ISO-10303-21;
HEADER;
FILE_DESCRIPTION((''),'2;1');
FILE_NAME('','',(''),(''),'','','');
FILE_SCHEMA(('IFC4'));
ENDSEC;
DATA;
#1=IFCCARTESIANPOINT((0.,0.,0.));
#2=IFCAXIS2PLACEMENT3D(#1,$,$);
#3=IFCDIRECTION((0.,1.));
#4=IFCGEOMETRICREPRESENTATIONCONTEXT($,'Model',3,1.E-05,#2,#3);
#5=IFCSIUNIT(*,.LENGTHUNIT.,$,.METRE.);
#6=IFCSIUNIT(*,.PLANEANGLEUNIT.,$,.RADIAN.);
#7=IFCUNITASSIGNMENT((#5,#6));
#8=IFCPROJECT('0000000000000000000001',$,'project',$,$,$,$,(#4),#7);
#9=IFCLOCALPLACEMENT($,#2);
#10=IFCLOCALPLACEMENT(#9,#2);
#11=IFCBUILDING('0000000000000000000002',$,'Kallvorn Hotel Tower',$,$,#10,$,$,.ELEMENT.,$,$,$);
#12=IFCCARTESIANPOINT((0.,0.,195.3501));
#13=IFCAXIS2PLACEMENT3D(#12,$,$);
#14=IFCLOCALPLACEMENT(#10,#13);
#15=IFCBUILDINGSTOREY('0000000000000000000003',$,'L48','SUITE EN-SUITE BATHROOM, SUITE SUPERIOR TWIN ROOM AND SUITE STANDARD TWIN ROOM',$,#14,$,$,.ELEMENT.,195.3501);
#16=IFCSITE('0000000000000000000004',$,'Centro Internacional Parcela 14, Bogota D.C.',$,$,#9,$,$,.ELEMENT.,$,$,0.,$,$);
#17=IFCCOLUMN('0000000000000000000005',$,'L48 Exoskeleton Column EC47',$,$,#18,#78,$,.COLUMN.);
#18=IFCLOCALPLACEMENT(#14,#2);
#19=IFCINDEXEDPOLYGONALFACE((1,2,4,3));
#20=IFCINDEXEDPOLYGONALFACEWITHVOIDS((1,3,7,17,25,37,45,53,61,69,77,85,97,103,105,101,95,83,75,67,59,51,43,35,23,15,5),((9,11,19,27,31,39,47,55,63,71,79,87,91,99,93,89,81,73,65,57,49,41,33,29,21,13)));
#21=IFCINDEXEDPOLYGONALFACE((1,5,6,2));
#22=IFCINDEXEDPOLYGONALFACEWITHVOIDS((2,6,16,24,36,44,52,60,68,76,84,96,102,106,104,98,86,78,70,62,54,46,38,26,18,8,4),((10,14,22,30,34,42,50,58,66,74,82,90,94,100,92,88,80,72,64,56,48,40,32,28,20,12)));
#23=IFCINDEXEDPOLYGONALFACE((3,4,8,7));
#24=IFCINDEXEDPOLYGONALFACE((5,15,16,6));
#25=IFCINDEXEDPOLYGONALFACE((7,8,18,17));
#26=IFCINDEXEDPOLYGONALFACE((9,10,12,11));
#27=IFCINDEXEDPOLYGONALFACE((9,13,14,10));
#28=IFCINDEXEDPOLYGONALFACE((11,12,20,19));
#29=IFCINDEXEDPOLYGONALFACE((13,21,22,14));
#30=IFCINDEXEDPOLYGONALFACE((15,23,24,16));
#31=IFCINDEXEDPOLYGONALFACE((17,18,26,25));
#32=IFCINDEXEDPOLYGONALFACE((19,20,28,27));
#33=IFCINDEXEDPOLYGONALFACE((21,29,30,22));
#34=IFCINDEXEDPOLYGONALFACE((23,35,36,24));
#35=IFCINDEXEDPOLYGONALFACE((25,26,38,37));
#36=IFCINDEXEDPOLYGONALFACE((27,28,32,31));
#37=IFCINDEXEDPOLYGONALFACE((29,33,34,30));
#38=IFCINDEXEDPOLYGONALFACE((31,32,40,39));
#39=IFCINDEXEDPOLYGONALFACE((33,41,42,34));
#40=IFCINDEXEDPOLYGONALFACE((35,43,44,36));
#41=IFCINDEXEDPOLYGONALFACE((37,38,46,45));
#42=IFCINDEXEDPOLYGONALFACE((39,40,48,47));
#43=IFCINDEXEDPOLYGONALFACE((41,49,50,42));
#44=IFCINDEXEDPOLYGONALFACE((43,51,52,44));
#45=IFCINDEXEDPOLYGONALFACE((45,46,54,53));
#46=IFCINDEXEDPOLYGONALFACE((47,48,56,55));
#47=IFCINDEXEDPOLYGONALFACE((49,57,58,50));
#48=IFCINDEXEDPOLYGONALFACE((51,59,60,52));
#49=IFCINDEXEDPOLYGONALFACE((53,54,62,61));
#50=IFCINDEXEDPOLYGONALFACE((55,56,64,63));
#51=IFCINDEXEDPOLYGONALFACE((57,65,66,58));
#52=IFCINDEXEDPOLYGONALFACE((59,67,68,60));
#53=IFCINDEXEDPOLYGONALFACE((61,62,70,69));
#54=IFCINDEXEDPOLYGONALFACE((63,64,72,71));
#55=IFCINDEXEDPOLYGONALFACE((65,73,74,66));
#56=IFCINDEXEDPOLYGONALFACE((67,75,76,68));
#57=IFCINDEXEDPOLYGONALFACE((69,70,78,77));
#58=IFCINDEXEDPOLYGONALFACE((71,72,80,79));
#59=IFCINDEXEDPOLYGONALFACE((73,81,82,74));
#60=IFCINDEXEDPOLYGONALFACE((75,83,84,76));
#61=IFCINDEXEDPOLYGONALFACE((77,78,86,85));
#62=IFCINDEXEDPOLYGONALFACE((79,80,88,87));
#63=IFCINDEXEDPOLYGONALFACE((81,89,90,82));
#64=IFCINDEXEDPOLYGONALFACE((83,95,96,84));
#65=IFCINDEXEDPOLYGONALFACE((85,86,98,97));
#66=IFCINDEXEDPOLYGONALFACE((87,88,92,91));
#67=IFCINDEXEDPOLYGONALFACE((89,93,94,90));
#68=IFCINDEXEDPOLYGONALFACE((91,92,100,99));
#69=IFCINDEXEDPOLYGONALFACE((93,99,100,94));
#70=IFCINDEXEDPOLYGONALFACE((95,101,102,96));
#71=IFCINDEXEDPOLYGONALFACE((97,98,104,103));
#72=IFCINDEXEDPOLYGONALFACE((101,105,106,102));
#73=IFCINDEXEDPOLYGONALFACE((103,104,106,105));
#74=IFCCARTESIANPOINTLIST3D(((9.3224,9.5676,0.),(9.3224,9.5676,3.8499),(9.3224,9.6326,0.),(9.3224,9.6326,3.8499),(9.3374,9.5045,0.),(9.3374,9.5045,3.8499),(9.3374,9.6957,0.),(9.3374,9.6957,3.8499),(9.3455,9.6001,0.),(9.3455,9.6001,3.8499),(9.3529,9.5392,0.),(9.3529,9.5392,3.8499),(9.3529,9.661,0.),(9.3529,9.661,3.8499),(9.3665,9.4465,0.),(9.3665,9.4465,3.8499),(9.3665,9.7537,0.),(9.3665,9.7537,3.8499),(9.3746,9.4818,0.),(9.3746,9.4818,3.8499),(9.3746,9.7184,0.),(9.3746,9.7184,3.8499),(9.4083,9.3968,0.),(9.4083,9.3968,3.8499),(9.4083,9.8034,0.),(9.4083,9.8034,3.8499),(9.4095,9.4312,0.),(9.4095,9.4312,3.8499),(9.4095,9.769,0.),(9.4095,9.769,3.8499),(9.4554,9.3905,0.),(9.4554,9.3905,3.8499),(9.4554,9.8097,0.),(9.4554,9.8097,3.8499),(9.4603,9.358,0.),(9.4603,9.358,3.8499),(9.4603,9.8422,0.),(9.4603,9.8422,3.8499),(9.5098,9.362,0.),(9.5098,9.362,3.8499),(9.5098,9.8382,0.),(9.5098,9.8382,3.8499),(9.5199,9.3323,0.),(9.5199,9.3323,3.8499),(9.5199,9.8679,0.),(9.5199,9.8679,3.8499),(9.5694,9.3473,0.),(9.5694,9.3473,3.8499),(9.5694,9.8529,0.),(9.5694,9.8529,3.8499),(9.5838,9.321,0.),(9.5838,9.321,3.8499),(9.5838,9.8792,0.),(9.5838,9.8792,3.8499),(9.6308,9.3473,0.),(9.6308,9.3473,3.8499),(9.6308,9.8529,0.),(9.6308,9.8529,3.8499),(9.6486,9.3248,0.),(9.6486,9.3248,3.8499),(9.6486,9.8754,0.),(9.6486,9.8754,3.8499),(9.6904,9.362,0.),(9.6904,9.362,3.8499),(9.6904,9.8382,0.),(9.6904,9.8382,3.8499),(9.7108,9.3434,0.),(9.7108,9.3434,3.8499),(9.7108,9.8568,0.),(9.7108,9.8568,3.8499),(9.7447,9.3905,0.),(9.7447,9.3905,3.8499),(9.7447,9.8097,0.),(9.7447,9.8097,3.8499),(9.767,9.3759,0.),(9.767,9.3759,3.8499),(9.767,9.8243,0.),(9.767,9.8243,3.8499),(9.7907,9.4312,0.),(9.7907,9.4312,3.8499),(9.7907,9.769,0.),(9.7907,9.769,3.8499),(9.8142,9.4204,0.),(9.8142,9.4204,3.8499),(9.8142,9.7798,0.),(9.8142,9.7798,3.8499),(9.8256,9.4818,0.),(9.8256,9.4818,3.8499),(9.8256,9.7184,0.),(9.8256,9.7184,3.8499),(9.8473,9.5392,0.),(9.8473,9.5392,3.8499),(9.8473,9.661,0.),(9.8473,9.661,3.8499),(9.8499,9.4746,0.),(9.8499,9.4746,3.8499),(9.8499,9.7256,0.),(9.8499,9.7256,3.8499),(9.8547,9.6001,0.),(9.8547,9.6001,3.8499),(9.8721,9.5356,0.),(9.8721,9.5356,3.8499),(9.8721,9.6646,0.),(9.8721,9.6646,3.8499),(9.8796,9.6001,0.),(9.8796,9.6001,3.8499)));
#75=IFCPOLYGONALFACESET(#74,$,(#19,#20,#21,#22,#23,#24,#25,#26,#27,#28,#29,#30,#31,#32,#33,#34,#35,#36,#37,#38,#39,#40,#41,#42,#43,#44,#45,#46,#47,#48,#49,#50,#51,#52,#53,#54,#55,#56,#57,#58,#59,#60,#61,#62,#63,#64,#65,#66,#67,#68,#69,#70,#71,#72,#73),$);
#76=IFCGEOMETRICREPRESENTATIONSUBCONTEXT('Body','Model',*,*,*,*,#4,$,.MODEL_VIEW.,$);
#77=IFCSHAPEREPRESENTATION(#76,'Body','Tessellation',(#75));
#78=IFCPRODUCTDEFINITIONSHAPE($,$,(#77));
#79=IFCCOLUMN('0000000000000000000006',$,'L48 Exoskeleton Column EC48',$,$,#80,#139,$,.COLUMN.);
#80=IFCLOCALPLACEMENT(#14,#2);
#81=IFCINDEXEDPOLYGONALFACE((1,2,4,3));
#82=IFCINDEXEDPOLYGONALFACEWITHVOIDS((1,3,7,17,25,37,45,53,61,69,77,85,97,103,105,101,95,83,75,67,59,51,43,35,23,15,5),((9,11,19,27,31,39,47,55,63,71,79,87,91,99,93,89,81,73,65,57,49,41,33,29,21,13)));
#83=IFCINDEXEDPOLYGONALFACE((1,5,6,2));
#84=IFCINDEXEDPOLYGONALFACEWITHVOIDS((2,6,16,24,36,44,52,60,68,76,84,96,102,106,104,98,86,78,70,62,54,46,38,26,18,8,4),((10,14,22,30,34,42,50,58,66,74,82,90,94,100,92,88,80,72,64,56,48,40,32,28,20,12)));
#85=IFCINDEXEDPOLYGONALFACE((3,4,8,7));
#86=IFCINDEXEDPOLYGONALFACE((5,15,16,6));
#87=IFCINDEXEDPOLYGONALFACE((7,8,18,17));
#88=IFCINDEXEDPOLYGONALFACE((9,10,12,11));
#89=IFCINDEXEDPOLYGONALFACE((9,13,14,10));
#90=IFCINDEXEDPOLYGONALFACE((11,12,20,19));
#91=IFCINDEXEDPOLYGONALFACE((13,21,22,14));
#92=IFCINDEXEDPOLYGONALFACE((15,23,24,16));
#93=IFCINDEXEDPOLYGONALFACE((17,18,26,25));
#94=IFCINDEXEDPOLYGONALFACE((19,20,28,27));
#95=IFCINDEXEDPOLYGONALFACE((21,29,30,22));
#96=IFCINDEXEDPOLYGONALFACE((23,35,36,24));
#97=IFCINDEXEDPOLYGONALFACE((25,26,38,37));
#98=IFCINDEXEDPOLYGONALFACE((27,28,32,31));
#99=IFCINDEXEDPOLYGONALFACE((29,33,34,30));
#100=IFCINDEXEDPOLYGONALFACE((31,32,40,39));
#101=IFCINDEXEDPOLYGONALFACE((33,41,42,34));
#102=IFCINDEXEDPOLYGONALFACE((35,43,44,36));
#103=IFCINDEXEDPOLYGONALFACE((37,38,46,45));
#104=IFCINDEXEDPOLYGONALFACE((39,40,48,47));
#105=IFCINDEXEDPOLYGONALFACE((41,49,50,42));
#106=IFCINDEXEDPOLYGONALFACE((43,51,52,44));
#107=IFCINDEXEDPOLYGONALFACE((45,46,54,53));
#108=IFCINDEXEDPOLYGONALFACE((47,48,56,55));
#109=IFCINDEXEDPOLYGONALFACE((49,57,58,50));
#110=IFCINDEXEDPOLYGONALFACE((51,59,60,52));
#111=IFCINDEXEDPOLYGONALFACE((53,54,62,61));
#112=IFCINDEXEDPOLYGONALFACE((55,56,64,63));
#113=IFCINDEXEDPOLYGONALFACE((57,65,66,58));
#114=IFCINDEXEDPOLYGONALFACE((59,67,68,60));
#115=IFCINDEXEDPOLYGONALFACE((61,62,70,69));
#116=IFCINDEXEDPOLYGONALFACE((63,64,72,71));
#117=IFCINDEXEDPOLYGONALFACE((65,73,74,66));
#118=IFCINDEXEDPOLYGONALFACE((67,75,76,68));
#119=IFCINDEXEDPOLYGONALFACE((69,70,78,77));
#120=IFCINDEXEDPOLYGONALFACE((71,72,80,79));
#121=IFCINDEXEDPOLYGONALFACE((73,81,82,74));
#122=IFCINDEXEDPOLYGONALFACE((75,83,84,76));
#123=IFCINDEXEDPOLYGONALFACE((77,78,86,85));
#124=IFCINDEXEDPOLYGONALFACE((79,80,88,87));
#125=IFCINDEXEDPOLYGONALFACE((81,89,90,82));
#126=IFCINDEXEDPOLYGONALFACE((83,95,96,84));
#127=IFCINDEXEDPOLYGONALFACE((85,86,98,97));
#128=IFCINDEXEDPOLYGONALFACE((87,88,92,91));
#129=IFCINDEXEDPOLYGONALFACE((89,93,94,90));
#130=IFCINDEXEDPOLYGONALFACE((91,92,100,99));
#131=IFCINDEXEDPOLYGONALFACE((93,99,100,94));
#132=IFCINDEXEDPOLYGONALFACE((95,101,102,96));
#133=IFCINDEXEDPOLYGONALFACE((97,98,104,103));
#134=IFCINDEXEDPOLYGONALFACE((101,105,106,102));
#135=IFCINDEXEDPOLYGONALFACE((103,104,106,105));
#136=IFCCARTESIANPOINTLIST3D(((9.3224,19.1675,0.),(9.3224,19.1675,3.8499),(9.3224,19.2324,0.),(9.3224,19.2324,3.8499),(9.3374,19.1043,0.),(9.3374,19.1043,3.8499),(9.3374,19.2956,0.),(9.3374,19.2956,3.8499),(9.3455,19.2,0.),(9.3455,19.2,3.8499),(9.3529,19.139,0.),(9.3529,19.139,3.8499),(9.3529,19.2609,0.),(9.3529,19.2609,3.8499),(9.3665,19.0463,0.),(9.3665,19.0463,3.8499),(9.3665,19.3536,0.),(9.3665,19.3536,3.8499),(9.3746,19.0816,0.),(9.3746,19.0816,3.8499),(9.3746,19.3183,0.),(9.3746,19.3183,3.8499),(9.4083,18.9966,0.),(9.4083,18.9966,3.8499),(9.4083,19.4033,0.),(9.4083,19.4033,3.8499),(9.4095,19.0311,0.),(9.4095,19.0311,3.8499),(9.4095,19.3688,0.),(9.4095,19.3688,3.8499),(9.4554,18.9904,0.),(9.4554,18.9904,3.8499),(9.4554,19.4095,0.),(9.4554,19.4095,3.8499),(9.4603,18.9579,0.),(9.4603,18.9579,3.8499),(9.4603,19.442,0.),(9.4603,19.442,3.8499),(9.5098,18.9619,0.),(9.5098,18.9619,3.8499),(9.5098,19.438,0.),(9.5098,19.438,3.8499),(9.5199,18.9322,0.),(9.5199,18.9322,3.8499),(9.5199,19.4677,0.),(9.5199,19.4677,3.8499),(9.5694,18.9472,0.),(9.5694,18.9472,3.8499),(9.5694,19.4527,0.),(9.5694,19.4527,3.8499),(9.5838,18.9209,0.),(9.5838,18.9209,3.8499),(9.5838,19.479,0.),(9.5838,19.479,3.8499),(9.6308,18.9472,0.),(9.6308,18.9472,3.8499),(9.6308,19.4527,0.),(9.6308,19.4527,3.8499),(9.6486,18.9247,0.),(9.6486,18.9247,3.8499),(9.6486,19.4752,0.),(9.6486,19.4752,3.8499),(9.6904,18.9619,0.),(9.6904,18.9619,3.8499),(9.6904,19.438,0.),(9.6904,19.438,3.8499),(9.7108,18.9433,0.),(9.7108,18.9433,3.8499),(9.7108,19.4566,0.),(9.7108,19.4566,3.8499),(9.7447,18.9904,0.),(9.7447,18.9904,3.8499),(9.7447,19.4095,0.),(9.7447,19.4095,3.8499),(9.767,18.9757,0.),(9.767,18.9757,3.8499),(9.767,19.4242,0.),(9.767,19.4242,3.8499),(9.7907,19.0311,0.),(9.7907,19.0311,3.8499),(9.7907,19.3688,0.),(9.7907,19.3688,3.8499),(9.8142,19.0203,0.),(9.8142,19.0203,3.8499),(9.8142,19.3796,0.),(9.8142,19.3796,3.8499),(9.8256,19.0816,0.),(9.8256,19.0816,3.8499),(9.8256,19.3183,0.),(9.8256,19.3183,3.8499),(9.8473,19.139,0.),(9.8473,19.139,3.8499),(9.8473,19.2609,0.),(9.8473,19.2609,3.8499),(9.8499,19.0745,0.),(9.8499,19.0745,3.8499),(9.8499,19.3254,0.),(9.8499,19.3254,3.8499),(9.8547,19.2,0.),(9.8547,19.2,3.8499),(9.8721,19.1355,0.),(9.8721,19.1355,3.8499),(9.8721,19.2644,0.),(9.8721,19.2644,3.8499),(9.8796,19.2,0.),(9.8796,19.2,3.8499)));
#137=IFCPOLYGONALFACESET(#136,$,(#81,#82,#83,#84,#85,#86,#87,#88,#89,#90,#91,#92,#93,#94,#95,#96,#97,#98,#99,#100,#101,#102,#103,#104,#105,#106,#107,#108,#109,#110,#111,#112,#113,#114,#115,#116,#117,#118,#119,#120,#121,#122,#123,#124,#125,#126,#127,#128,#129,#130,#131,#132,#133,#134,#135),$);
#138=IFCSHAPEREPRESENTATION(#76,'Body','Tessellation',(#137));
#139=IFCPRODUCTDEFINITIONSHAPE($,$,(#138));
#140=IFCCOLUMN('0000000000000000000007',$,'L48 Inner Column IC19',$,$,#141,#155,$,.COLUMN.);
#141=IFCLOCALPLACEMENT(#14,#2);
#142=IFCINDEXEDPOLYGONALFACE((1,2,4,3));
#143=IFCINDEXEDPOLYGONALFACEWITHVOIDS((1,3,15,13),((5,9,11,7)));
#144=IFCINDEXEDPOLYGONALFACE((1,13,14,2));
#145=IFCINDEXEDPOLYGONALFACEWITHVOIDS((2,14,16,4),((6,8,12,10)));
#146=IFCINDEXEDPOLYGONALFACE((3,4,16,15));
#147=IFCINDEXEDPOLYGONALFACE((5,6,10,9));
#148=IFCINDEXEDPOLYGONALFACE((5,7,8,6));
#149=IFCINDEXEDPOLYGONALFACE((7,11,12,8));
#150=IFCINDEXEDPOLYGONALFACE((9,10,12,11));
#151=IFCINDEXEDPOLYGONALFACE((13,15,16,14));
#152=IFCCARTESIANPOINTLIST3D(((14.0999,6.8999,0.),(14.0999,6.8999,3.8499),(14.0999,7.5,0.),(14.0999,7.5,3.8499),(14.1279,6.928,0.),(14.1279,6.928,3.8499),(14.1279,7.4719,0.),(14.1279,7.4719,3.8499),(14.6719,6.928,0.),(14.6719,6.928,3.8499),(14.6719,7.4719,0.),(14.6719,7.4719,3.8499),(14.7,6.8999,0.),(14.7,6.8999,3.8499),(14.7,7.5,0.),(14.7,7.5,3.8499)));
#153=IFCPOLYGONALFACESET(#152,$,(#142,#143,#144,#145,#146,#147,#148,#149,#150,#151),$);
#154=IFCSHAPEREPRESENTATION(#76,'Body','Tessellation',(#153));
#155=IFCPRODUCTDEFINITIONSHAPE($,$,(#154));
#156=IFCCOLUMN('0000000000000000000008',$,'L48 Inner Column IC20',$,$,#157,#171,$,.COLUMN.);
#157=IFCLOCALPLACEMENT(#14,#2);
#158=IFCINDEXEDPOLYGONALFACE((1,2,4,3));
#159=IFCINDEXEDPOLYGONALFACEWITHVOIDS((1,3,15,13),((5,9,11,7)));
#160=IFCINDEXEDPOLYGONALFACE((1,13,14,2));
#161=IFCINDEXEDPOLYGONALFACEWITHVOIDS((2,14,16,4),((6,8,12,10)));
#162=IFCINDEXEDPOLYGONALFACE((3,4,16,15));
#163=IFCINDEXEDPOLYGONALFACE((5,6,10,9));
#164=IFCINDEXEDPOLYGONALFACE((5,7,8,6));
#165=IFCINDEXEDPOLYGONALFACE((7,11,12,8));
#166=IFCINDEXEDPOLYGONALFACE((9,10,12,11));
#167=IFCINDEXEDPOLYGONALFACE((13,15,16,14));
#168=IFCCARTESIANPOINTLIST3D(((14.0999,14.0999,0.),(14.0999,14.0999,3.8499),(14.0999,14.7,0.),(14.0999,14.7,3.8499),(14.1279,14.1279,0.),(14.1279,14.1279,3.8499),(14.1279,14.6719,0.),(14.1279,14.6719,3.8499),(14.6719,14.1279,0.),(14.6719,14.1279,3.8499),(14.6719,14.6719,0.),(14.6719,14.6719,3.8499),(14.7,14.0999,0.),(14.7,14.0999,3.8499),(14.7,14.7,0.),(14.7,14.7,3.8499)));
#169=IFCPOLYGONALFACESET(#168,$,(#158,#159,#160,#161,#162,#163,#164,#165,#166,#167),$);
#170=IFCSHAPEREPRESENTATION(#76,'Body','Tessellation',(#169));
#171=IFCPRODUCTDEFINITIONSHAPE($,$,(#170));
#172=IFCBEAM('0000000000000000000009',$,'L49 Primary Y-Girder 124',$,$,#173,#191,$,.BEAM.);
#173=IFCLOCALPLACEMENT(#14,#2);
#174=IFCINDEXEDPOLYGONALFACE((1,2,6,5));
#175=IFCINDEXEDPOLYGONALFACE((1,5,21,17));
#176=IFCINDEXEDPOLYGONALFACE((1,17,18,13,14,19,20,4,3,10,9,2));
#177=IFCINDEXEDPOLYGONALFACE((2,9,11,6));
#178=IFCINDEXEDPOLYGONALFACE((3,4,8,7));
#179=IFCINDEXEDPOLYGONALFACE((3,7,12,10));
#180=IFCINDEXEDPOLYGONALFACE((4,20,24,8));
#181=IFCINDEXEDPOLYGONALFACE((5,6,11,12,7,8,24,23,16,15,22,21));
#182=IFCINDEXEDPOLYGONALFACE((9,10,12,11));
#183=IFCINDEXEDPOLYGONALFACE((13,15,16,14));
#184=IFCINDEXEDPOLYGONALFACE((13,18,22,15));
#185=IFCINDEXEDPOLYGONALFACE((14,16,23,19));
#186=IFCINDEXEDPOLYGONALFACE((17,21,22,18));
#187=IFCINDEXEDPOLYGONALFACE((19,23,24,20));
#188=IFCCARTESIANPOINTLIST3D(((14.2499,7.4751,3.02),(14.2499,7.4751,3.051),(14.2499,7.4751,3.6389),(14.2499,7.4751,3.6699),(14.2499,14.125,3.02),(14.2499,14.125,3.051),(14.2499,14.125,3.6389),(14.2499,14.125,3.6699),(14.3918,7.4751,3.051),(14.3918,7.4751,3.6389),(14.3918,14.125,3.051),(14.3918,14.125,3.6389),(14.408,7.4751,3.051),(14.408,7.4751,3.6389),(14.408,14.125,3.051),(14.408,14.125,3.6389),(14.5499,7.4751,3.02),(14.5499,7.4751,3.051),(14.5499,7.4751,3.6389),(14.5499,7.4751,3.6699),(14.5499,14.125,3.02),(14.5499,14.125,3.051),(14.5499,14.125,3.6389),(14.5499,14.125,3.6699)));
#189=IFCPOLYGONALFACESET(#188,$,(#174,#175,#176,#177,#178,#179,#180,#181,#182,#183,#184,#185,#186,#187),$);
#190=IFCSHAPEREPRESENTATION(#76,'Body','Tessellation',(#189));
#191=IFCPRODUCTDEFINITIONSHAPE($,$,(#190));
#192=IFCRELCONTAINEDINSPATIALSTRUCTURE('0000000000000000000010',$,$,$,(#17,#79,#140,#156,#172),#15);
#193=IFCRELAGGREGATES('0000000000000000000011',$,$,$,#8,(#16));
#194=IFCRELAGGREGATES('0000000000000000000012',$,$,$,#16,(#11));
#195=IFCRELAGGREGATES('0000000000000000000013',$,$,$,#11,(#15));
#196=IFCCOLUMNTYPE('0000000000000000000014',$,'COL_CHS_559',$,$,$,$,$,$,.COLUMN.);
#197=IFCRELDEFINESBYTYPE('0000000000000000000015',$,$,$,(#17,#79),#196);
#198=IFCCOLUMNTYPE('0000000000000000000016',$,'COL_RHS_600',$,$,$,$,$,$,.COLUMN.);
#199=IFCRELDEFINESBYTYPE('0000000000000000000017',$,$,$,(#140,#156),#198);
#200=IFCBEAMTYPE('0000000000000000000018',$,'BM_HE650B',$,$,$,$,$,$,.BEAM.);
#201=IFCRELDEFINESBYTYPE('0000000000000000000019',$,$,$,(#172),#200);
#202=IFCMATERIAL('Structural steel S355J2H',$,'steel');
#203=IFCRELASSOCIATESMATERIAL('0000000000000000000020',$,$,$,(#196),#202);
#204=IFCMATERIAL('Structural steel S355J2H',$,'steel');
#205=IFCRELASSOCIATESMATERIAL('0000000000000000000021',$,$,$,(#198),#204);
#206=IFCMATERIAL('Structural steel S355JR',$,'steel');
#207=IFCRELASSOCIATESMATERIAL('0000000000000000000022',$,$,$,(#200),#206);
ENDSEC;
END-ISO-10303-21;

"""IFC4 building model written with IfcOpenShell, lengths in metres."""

from ifc_helpers import new_model, si_unit, direction, frame, origin, origin_2d, place, context, subcontext, project, spatial, hollow_rectangle, hollow_circle, i_section, extrude, material, material_profile, profile_set, type_object, element, save


model = new_model("IFC4")

# Units and contexts
model_context = context("Model", 3, precision=1e-05, world=origin(), true_north=direction((0.0, 1.0)))
body_context = subcontext(model_context, "Body", "Model", "MODEL_VIEW")
ifc_project = project(units=[si_unit("LENGTHUNIT", "METRE"), si_unit("PLANEANGLEUNIT", "RADIAN")], contexts=[model_context])

# Site, building, storey
site_placement = place(None, origin())
site = spatial("IfcSite", under=ifc_project, at=site_placement, Name="Centro Internacional Parcela 14, Bogota D.C.", CompositionType="ELEMENT", RefElevation=0.0)
building_placement = place(site_placement, origin())
building = spatial("IfcBuilding", under=site, at=building_placement, Name="Kallvorn Hotel Tower", CompositionType="ELEMENT")
storey_placement = place(building_placement, frame((0.0, 0.0, 195.3501)))
storey = spatial("IfcBuildingStorey", under=building, at=storey_placement, Name="L48", Description="SUITE EN-SUITE BATHROOM, SUITE SUPERIOR TWIN ROOM AND SUITE STANDARD TWIN ROOM", CompositionType="ELEMENT", Elevation=195.3501)

# Columns
ifc_material_1 = material(Name="Structural steel S355J2H", Category="steel")
ifc_material_profile_1 = material_profile(ifc_material_1, hollow_circle(Radius=0.2795, WallThickness=0.0249, at=origin_2d()), Name="CHS 559x25")
ifc_profile_set_1 = profile_set([ifc_material_profile_1], Name="Structural steel S355J2H")
column_type_1 = type_object("IfcColumnType", Name="COL_CHS_559", PredefinedType="COLUMN", material=ifc_profile_set_1)
for number, where, z_axis, x_axis, name in (
    (1, (9.6001, 9.6001, 0.0), (0.0, 0.0, 1.0), (1.0, 0.0, 0.0), "L48 Exoskeleton Column EC47"),
    (2, (9.6001, 19.2, 0.0), (0.0, 0.0, 1.0), (1.0, 0.0, 0.0), "L48 Exoskeleton Column EC48"),
):
    element("IfcColumn", number, at=place(storey_placement, frame(where, z_axis=z_axis, x_axis=x_axis)), inside=storey, type_object=column_type_1, Name=name, PredefinedType="COLUMN", context=body_context, shape_type="SweptSolid", body=[
        extrude(hollow_circle(Radius=0.2795, WallThickness=0.0249, at=origin_2d()), origin(), (0.0, 0.0, 1.0), 3.8499),
    ])
ifc_material_2 = material(Name="Structural steel S355J2H", Category="steel")
ifc_material_profile_2 = material_profile(ifc_material_2, hollow_rectangle(XDim=0.6001, YDim=0.6001, WallThickness=0.0281, at=origin_2d()), Name="RHS 600x600x28")
ifc_profile_set_2 = profile_set([ifc_material_profile_2], Name="Structural steel S355J2H")
column_type_2 = type_object("IfcColumnType", Name="COL_RHS_600", PredefinedType="COLUMN", material=ifc_profile_set_2)
for number, where, z_axis, x_axis, name in (
    (3, (14.3999, 7.2, 0.0), (0.0, 0.0, 1.0), (1.0, 0.0, 0.0), "L48 Inner Column IC19"),
    (4, (14.3999, 14.3999, 0.0), (0.0, 0.0, 1.0), (1.0, 0.0, 0.0), "L48 Inner Column IC20"),
):
    element("IfcColumn", number, at=place(storey_placement, frame(where, z_axis=z_axis, x_axis=x_axis)), inside=storey, type_object=column_type_2, Name=name, PredefinedType="COLUMN", context=body_context, shape_type="SweptSolid", body=[
        extrude(hollow_rectangle(XDim=0.6001, YDim=0.6001, WallThickness=0.0281, at=origin_2d()), origin(), (0.0, 0.0, 1.0), 3.8499),
    ])

# Beam
ifc_material_3 = material(Name="Structural steel S355JR", Category="steel")
ifc_material_profile_3 = material_profile(ifc_material_3, i_section(OverallWidth=0.3, OverallDepth=0.6499, WebThickness=0.0161, FlangeThickness=0.031, at=origin_2d()), Name="HE 650 B")
ifc_profile_set_3 = profile_set([ifc_material_profile_3], Name="Structural steel S355JR")
beam_type_1 = type_object("IfcBeamType", Name="BM_HE650B", PredefinedType="BEAM", material=ifc_profile_set_3)
beam_1_placement = place(storey_placement, frame((14.3999, 7.4751, 3.345), z_axis=(0.0, 1.0, 0.0), x_axis=(-1.0, 0.0, 0.0)))
element("IfcBeam", 5, at=beam_1_placement, inside=storey, type_object=beam_type_1, Name="L49 Primary Y-Girder 124", PredefinedType="BEAM", context=body_context, shape_type="SweptSolid", body=[
    extrude(i_section(OverallWidth=0.3, OverallDepth=0.6499, WebThickness=0.0161, FlangeThickness=0.031, at=origin_2d()), origin(), (0.0, 0.0, 1.0), 6.6499),
])

save(model, "model.ifc")
